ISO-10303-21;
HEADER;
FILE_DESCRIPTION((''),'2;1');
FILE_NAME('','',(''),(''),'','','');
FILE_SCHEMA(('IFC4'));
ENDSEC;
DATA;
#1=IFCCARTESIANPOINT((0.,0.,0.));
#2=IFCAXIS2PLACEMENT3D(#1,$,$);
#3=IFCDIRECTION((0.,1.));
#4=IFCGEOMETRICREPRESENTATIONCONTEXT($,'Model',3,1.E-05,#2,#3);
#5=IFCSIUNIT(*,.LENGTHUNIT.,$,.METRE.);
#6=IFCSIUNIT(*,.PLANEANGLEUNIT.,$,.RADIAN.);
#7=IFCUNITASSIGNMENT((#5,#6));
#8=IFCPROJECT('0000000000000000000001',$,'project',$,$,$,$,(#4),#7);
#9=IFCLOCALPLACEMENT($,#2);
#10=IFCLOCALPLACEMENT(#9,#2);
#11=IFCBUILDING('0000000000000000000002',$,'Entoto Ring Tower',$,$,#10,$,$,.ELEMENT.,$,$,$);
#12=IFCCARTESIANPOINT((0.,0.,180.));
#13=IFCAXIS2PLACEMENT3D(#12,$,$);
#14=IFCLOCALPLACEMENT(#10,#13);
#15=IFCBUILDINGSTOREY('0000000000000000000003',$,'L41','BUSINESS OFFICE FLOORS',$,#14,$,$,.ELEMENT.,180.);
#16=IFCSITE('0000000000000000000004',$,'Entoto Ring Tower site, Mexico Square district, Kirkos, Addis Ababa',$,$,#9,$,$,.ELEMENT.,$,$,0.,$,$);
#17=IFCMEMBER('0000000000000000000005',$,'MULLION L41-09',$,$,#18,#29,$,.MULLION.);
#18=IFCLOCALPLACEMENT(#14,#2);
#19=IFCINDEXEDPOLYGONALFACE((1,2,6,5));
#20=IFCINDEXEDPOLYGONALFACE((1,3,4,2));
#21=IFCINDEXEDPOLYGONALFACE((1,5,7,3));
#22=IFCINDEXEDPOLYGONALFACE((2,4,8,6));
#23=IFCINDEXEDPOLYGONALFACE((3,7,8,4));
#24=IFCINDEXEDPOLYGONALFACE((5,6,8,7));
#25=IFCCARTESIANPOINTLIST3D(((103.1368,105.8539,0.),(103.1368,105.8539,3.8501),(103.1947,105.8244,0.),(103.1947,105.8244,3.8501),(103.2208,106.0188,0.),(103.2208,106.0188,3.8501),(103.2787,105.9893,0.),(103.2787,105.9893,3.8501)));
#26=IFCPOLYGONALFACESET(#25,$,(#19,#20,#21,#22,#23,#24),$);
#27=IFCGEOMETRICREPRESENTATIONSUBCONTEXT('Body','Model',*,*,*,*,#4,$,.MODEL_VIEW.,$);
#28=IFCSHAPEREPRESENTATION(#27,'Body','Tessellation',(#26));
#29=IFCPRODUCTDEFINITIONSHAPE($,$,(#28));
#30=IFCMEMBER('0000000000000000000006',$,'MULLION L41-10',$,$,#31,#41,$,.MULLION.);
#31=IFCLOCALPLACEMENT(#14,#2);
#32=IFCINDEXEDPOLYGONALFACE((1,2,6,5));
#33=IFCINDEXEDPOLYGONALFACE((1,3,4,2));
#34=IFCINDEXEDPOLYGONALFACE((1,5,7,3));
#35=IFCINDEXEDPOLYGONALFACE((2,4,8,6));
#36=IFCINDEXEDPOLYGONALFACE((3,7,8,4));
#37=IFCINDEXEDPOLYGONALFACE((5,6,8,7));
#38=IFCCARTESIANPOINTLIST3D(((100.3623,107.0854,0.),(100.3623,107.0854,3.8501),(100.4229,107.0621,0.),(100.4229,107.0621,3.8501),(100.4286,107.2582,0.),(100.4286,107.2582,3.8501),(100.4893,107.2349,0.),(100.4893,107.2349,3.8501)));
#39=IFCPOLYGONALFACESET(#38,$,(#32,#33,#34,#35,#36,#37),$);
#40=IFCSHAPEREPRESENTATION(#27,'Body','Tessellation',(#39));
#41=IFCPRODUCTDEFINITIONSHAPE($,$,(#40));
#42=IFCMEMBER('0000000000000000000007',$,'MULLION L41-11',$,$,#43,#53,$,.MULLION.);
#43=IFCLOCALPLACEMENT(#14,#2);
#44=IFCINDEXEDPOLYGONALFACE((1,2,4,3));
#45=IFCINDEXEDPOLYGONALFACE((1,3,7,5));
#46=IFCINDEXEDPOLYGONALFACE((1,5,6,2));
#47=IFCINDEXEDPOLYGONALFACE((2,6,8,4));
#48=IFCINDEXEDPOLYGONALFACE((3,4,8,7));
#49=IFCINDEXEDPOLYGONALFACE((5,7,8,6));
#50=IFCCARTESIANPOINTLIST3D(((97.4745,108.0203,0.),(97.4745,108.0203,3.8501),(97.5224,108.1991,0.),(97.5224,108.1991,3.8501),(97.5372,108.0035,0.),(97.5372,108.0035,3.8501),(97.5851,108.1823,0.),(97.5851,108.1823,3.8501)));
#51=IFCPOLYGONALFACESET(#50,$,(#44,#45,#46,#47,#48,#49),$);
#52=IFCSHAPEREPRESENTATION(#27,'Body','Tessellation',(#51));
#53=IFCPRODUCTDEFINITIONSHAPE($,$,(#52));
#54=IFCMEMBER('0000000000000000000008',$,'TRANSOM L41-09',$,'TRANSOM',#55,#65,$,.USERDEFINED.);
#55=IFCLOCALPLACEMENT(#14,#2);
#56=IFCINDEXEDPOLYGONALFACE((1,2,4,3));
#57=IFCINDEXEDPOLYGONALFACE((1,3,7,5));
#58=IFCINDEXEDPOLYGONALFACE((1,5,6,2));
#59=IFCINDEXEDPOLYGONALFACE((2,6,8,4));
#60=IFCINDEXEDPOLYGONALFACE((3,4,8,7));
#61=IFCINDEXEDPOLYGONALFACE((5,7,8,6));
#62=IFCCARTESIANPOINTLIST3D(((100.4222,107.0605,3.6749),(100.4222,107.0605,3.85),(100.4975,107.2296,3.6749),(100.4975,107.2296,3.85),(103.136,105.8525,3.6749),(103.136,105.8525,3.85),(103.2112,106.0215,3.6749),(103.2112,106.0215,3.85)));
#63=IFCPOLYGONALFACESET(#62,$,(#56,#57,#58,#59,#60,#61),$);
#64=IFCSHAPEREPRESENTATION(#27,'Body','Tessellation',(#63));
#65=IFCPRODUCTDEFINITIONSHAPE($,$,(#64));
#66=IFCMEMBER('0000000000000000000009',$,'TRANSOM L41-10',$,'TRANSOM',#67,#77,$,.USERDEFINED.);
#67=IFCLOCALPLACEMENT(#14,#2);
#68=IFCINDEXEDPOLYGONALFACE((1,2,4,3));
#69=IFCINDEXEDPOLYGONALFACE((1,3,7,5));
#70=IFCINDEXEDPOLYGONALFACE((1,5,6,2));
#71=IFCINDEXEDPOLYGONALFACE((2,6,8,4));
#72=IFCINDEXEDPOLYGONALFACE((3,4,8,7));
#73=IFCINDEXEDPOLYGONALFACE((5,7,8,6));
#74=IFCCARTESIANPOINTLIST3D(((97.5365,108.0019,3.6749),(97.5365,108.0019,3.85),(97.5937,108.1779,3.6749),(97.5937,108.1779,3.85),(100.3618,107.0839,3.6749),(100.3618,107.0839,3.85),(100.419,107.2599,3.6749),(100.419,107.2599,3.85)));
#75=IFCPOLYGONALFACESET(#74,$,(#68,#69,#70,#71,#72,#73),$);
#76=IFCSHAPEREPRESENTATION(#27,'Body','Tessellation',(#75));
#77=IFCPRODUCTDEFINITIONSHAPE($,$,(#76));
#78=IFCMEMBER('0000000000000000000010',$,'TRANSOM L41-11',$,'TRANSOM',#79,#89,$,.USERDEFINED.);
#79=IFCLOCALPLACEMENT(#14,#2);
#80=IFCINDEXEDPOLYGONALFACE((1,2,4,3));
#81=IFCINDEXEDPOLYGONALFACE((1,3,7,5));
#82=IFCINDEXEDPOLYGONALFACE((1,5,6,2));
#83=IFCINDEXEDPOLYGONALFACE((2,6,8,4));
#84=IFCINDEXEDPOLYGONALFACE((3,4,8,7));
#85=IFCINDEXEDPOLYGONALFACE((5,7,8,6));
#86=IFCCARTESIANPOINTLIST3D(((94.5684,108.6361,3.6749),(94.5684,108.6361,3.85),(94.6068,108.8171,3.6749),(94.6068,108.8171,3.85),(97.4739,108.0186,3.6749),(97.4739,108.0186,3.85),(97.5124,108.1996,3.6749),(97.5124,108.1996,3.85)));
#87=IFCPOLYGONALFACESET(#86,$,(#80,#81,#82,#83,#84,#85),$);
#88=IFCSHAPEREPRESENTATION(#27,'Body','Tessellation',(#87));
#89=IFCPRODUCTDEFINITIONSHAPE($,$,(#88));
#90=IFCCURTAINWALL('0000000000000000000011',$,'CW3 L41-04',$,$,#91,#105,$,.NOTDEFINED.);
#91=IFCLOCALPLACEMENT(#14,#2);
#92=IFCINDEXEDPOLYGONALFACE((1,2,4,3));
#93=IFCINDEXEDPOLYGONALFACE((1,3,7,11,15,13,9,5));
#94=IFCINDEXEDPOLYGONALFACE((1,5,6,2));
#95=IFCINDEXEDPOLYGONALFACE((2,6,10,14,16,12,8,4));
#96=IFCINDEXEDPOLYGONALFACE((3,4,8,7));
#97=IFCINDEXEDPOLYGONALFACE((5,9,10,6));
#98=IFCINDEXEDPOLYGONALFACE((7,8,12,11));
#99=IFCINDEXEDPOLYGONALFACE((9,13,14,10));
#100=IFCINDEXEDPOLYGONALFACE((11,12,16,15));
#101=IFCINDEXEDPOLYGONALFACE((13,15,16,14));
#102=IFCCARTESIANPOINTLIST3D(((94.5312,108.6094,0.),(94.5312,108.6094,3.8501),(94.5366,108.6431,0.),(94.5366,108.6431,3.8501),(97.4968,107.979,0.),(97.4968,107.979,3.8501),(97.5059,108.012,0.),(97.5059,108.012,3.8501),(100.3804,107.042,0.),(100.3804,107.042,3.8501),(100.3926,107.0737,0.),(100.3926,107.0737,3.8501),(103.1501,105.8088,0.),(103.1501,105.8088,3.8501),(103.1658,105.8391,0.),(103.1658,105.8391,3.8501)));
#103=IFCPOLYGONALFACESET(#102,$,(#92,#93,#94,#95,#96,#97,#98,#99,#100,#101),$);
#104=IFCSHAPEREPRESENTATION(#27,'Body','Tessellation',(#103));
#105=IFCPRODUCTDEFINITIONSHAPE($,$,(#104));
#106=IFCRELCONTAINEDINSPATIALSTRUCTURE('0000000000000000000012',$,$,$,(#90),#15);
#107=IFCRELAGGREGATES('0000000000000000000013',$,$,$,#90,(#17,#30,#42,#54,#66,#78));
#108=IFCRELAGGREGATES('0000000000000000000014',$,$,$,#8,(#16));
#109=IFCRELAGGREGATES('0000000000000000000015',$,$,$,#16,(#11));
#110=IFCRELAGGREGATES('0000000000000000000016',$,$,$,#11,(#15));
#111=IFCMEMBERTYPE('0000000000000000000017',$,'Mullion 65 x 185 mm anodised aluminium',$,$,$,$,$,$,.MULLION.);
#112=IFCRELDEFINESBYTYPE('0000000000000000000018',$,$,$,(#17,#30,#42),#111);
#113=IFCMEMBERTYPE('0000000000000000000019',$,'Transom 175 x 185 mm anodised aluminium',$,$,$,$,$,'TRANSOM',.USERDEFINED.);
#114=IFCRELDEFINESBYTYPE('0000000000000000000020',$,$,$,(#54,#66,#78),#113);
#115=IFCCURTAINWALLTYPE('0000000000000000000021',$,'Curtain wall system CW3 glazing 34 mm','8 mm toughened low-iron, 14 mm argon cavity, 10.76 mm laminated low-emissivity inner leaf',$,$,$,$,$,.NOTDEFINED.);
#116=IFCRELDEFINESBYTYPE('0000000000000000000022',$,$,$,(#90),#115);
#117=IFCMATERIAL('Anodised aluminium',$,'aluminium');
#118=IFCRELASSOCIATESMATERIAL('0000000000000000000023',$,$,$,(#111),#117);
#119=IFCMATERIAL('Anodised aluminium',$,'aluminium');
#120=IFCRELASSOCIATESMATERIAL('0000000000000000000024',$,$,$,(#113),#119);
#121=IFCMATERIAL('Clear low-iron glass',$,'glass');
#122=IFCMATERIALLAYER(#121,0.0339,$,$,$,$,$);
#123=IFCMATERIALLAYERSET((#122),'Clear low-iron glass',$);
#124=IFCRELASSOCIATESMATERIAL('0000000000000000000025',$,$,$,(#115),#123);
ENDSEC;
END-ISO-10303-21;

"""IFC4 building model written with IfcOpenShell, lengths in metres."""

from ifc_helpers import new_model, si_unit, direction, frame, origin, origin_2d, place, context, subcontext, project, spatial, polyline, rectangle, outline, extrude, material, layer, layer_set, material_profile, profile_set, type_object, element, aggregate, save


model = new_model("IFC4")

# Units and contexts
model_context = context("Model", 3, precision=1e-05, world=origin(), true_north=direction((0.0, 1.0)))
body_context = subcontext(model_context, "Body", "Model", "MODEL_VIEW")
ifc_project = project(units=[si_unit("LENGTHUNIT", "METRE"), si_unit("PLANEANGLEUNIT", "RADIAN")], contexts=[model_context])

# Members
ifc_material_1 = material(Name="Anodised aluminium", Category="aluminium")
ifc_material_profile_1 = material_profile(ifc_material_1, rectangle(XDim=0.0649, YDim=0.1851, at=origin_2d()), Name="Mullion 65 x 185 mm anodised aluminium")
ifc_profile_set_1 = profile_set([ifc_material_profile_1], Name="Anodised aluminium")
member_type_1 = type_object("IfcMemberType", Name="Mullion 65 x 185 mm anodised aluminium", PredefinedType="MULLION", material=ifc_profile_set_1)
site_placement = place(None, origin())
building_placement = place(site_placement, origin())
storey_placement = place(building_placement, frame((0.0, 0.0, 180.0)))
member_1_placement = place(storey_placement, frame((103.2078, 105.9216, 0.0), z_axis=(0.0, 0.0, 1.0), x_axis=(-0.891007, 0.45399, 0.0)))
member_1 = element("IfcMember", 1, at=member_1_placement, type_object=member_type_1, Name="MULLION L41-09", PredefinedType="MULLION", context=body_context, shape_type="SweptSolid", body=[
    extrude(rectangle(XDim=0.0649, YDim=0.1851, at=origin_2d()), origin(), (0.0, 0.0, 1.0), 3.8501),
])
member_2_placement = place(storey_placement, frame((100.4258, 107.1602, 0.0), z_axis=(0.0, 0.0, 1.0), x_axis=(-0.93358, 0.358368, 0.0)))
member_2 = element("IfcMember", 2, at=member_2_placement, type_object=member_type_1, Name="MULLION L41-10", PredefinedType="MULLION", context=body_context, shape_type="SweptSolid", body=[
    extrude(rectangle(XDim=0.0649, YDim=0.1851, at=origin_2d()), origin(), (0.0, 0.0, 1.0), 3.8501),
])
member_3_placement = place(storey_placement, frame((97.5298, 108.1013, 0.0), z_axis=(0.0, 0.0, 1.0), x_axis=(-0.965926, 0.258819, 0.0)))
member_3 = element("IfcMember", 3, at=member_3_placement, type_object=member_type_1, Name="MULLION L41-11", PredefinedType="MULLION", context=body_context, shape_type="SweptSolid", body=[
    extrude(rectangle(XDim=0.0649, YDim=0.1851, at=origin_2d()), origin(), (0.0, 0.0, 1.0), 3.8501),
])
ifc_material_2 = material(Name="Anodised aluminium", Category="aluminium")
ifc_material_profile_2 = material_profile(ifc_material_2, rectangle(XDim=0.1851, YDim=0.175, at=origin_2d()), Name="Transom 175 x 185 mm anodised aluminium")
ifc_profile_set_2 = profile_set([ifc_material_profile_2], Name="Anodised aluminium")
member_type_2 = type_object("IfcMemberType", Name="Transom 175 x 185 mm anodised aluminium", ElementType="TRANSOM", PredefinedType="USERDEFINED", material=ifc_profile_set_2)
member_4_placement = place(storey_placement, frame((103.1736, 105.937, 3.7625), z_axis=(-0.913567, 0.406687, 0.0), x_axis=(-0.406687, -0.913567, 0.0)))
member_4 = element("IfcMember", 4, at=member_4_placement, type_object=member_type_2, Name="TRANSOM L41-09", ObjectType="TRANSOM", PredefinedType="USERDEFINED", context=body_context, shape_type="SweptSolid", body=[
    extrude(rectangle(XDim=0.1851, YDim=0.175, at=origin_2d()), origin(), (0.0, 0.0, 1.0), 2.9705),
])
member_5_placement = place(storey_placement, frame((100.3904, 107.1719, 3.7625), z_axis=(-0.951056, 0.309019, 0.0), x_axis=(-0.309019, -0.951056, 0.0)))
member_5 = element("IfcMember", 5, at=member_5_placement, type_object=member_type_2, Name="TRANSOM L41-10", ObjectType="TRANSOM", PredefinedType="USERDEFINED", context=body_context, shape_type="SweptSolid", body=[
    extrude(rectangle(XDim=0.1851, YDim=0.175, at=origin_2d()), origin(), (0.0, 0.0, 1.0), 2.9707),
])
member_6_placement = place(storey_placement, frame((97.4932, 108.1091, 3.7625), z_axis=(-0.978158, 0.207862, 0.0), x_axis=(-0.207862, -0.978158, 0.0)))
member_6 = element("IfcMember", 6, at=member_6_placement, type_object=member_type_2, Name="TRANSOM L41-11", ObjectType="TRANSOM", PredefinedType="USERDEFINED", context=body_context, shape_type="SweptSolid", body=[
    extrude(rectangle(XDim=0.1851, YDim=0.175, at=origin_2d()), origin(), (0.0, 0.0, 1.0), 2.9705),
])

# Site, building, storey
site = spatial("IfcSite", under=ifc_project, at=site_placement, Name="Entoto Ring Tower site, Mexico Square district, Kirkos, Addis Ababa", CompositionType="ELEMENT", RefElevation=0.0)
building = spatial("IfcBuilding", under=site, at=building_placement, Name="Entoto Ring Tower", CompositionType="ELEMENT")
storey = spatial("IfcBuildingStorey", under=building, at=storey_placement, Name="L41", Description="BUSINESS OFFICE FLOORS", CompositionType="ELEMENT", Elevation=180.0)

# Curtain wall
ifc_material_3 = material(Name="Clear low-iron glass", Category="glass")
ifc_layer = layer(ifc_material_3, 0.0339)
ifc_layer_set = layer_set([ifc_layer], Name="Clear low-iron glass")
curtain_wall_type = type_object("IfcCurtainWallType", Name="Curtain wall system CW3 glazing 34 mm", Description="8 mm toughened low-iron, 14 mm argon cavity, 10.76 mm laminated low-emissivity inner leaf", PredefinedType="NOTDEFINED", material=ifc_layer_set)
curtain_wall_1_placement = place(storey_placement, origin())
curtain_wall_1 = element("IfcCurtainWall", 7, at=curtain_wall_1_placement, inside=storey, type_object=curtain_wall_type, Name="CW3 L41-04", PredefinedType="NOTDEFINED", context=body_context, shape_type="SweptSolid", body=[
    extrude(outline(polyline([(103.1658, 105.8391), (100.3926, 107.0737), (97.5059, 108.012), (94.5366, 108.6431), (94.5312, 108.6094), (97.4968, 107.979), (100.3804, 107.042), (103.1501, 105.8088), (103.1658, 105.8391)])), origin(), (0.0, 0.0, 1.0), 3.8501),
])
aggregate(curtain_wall_1, [member_1, member_2, member_3, member_4, member_5, member_6])

save(model, "model.ifc")
